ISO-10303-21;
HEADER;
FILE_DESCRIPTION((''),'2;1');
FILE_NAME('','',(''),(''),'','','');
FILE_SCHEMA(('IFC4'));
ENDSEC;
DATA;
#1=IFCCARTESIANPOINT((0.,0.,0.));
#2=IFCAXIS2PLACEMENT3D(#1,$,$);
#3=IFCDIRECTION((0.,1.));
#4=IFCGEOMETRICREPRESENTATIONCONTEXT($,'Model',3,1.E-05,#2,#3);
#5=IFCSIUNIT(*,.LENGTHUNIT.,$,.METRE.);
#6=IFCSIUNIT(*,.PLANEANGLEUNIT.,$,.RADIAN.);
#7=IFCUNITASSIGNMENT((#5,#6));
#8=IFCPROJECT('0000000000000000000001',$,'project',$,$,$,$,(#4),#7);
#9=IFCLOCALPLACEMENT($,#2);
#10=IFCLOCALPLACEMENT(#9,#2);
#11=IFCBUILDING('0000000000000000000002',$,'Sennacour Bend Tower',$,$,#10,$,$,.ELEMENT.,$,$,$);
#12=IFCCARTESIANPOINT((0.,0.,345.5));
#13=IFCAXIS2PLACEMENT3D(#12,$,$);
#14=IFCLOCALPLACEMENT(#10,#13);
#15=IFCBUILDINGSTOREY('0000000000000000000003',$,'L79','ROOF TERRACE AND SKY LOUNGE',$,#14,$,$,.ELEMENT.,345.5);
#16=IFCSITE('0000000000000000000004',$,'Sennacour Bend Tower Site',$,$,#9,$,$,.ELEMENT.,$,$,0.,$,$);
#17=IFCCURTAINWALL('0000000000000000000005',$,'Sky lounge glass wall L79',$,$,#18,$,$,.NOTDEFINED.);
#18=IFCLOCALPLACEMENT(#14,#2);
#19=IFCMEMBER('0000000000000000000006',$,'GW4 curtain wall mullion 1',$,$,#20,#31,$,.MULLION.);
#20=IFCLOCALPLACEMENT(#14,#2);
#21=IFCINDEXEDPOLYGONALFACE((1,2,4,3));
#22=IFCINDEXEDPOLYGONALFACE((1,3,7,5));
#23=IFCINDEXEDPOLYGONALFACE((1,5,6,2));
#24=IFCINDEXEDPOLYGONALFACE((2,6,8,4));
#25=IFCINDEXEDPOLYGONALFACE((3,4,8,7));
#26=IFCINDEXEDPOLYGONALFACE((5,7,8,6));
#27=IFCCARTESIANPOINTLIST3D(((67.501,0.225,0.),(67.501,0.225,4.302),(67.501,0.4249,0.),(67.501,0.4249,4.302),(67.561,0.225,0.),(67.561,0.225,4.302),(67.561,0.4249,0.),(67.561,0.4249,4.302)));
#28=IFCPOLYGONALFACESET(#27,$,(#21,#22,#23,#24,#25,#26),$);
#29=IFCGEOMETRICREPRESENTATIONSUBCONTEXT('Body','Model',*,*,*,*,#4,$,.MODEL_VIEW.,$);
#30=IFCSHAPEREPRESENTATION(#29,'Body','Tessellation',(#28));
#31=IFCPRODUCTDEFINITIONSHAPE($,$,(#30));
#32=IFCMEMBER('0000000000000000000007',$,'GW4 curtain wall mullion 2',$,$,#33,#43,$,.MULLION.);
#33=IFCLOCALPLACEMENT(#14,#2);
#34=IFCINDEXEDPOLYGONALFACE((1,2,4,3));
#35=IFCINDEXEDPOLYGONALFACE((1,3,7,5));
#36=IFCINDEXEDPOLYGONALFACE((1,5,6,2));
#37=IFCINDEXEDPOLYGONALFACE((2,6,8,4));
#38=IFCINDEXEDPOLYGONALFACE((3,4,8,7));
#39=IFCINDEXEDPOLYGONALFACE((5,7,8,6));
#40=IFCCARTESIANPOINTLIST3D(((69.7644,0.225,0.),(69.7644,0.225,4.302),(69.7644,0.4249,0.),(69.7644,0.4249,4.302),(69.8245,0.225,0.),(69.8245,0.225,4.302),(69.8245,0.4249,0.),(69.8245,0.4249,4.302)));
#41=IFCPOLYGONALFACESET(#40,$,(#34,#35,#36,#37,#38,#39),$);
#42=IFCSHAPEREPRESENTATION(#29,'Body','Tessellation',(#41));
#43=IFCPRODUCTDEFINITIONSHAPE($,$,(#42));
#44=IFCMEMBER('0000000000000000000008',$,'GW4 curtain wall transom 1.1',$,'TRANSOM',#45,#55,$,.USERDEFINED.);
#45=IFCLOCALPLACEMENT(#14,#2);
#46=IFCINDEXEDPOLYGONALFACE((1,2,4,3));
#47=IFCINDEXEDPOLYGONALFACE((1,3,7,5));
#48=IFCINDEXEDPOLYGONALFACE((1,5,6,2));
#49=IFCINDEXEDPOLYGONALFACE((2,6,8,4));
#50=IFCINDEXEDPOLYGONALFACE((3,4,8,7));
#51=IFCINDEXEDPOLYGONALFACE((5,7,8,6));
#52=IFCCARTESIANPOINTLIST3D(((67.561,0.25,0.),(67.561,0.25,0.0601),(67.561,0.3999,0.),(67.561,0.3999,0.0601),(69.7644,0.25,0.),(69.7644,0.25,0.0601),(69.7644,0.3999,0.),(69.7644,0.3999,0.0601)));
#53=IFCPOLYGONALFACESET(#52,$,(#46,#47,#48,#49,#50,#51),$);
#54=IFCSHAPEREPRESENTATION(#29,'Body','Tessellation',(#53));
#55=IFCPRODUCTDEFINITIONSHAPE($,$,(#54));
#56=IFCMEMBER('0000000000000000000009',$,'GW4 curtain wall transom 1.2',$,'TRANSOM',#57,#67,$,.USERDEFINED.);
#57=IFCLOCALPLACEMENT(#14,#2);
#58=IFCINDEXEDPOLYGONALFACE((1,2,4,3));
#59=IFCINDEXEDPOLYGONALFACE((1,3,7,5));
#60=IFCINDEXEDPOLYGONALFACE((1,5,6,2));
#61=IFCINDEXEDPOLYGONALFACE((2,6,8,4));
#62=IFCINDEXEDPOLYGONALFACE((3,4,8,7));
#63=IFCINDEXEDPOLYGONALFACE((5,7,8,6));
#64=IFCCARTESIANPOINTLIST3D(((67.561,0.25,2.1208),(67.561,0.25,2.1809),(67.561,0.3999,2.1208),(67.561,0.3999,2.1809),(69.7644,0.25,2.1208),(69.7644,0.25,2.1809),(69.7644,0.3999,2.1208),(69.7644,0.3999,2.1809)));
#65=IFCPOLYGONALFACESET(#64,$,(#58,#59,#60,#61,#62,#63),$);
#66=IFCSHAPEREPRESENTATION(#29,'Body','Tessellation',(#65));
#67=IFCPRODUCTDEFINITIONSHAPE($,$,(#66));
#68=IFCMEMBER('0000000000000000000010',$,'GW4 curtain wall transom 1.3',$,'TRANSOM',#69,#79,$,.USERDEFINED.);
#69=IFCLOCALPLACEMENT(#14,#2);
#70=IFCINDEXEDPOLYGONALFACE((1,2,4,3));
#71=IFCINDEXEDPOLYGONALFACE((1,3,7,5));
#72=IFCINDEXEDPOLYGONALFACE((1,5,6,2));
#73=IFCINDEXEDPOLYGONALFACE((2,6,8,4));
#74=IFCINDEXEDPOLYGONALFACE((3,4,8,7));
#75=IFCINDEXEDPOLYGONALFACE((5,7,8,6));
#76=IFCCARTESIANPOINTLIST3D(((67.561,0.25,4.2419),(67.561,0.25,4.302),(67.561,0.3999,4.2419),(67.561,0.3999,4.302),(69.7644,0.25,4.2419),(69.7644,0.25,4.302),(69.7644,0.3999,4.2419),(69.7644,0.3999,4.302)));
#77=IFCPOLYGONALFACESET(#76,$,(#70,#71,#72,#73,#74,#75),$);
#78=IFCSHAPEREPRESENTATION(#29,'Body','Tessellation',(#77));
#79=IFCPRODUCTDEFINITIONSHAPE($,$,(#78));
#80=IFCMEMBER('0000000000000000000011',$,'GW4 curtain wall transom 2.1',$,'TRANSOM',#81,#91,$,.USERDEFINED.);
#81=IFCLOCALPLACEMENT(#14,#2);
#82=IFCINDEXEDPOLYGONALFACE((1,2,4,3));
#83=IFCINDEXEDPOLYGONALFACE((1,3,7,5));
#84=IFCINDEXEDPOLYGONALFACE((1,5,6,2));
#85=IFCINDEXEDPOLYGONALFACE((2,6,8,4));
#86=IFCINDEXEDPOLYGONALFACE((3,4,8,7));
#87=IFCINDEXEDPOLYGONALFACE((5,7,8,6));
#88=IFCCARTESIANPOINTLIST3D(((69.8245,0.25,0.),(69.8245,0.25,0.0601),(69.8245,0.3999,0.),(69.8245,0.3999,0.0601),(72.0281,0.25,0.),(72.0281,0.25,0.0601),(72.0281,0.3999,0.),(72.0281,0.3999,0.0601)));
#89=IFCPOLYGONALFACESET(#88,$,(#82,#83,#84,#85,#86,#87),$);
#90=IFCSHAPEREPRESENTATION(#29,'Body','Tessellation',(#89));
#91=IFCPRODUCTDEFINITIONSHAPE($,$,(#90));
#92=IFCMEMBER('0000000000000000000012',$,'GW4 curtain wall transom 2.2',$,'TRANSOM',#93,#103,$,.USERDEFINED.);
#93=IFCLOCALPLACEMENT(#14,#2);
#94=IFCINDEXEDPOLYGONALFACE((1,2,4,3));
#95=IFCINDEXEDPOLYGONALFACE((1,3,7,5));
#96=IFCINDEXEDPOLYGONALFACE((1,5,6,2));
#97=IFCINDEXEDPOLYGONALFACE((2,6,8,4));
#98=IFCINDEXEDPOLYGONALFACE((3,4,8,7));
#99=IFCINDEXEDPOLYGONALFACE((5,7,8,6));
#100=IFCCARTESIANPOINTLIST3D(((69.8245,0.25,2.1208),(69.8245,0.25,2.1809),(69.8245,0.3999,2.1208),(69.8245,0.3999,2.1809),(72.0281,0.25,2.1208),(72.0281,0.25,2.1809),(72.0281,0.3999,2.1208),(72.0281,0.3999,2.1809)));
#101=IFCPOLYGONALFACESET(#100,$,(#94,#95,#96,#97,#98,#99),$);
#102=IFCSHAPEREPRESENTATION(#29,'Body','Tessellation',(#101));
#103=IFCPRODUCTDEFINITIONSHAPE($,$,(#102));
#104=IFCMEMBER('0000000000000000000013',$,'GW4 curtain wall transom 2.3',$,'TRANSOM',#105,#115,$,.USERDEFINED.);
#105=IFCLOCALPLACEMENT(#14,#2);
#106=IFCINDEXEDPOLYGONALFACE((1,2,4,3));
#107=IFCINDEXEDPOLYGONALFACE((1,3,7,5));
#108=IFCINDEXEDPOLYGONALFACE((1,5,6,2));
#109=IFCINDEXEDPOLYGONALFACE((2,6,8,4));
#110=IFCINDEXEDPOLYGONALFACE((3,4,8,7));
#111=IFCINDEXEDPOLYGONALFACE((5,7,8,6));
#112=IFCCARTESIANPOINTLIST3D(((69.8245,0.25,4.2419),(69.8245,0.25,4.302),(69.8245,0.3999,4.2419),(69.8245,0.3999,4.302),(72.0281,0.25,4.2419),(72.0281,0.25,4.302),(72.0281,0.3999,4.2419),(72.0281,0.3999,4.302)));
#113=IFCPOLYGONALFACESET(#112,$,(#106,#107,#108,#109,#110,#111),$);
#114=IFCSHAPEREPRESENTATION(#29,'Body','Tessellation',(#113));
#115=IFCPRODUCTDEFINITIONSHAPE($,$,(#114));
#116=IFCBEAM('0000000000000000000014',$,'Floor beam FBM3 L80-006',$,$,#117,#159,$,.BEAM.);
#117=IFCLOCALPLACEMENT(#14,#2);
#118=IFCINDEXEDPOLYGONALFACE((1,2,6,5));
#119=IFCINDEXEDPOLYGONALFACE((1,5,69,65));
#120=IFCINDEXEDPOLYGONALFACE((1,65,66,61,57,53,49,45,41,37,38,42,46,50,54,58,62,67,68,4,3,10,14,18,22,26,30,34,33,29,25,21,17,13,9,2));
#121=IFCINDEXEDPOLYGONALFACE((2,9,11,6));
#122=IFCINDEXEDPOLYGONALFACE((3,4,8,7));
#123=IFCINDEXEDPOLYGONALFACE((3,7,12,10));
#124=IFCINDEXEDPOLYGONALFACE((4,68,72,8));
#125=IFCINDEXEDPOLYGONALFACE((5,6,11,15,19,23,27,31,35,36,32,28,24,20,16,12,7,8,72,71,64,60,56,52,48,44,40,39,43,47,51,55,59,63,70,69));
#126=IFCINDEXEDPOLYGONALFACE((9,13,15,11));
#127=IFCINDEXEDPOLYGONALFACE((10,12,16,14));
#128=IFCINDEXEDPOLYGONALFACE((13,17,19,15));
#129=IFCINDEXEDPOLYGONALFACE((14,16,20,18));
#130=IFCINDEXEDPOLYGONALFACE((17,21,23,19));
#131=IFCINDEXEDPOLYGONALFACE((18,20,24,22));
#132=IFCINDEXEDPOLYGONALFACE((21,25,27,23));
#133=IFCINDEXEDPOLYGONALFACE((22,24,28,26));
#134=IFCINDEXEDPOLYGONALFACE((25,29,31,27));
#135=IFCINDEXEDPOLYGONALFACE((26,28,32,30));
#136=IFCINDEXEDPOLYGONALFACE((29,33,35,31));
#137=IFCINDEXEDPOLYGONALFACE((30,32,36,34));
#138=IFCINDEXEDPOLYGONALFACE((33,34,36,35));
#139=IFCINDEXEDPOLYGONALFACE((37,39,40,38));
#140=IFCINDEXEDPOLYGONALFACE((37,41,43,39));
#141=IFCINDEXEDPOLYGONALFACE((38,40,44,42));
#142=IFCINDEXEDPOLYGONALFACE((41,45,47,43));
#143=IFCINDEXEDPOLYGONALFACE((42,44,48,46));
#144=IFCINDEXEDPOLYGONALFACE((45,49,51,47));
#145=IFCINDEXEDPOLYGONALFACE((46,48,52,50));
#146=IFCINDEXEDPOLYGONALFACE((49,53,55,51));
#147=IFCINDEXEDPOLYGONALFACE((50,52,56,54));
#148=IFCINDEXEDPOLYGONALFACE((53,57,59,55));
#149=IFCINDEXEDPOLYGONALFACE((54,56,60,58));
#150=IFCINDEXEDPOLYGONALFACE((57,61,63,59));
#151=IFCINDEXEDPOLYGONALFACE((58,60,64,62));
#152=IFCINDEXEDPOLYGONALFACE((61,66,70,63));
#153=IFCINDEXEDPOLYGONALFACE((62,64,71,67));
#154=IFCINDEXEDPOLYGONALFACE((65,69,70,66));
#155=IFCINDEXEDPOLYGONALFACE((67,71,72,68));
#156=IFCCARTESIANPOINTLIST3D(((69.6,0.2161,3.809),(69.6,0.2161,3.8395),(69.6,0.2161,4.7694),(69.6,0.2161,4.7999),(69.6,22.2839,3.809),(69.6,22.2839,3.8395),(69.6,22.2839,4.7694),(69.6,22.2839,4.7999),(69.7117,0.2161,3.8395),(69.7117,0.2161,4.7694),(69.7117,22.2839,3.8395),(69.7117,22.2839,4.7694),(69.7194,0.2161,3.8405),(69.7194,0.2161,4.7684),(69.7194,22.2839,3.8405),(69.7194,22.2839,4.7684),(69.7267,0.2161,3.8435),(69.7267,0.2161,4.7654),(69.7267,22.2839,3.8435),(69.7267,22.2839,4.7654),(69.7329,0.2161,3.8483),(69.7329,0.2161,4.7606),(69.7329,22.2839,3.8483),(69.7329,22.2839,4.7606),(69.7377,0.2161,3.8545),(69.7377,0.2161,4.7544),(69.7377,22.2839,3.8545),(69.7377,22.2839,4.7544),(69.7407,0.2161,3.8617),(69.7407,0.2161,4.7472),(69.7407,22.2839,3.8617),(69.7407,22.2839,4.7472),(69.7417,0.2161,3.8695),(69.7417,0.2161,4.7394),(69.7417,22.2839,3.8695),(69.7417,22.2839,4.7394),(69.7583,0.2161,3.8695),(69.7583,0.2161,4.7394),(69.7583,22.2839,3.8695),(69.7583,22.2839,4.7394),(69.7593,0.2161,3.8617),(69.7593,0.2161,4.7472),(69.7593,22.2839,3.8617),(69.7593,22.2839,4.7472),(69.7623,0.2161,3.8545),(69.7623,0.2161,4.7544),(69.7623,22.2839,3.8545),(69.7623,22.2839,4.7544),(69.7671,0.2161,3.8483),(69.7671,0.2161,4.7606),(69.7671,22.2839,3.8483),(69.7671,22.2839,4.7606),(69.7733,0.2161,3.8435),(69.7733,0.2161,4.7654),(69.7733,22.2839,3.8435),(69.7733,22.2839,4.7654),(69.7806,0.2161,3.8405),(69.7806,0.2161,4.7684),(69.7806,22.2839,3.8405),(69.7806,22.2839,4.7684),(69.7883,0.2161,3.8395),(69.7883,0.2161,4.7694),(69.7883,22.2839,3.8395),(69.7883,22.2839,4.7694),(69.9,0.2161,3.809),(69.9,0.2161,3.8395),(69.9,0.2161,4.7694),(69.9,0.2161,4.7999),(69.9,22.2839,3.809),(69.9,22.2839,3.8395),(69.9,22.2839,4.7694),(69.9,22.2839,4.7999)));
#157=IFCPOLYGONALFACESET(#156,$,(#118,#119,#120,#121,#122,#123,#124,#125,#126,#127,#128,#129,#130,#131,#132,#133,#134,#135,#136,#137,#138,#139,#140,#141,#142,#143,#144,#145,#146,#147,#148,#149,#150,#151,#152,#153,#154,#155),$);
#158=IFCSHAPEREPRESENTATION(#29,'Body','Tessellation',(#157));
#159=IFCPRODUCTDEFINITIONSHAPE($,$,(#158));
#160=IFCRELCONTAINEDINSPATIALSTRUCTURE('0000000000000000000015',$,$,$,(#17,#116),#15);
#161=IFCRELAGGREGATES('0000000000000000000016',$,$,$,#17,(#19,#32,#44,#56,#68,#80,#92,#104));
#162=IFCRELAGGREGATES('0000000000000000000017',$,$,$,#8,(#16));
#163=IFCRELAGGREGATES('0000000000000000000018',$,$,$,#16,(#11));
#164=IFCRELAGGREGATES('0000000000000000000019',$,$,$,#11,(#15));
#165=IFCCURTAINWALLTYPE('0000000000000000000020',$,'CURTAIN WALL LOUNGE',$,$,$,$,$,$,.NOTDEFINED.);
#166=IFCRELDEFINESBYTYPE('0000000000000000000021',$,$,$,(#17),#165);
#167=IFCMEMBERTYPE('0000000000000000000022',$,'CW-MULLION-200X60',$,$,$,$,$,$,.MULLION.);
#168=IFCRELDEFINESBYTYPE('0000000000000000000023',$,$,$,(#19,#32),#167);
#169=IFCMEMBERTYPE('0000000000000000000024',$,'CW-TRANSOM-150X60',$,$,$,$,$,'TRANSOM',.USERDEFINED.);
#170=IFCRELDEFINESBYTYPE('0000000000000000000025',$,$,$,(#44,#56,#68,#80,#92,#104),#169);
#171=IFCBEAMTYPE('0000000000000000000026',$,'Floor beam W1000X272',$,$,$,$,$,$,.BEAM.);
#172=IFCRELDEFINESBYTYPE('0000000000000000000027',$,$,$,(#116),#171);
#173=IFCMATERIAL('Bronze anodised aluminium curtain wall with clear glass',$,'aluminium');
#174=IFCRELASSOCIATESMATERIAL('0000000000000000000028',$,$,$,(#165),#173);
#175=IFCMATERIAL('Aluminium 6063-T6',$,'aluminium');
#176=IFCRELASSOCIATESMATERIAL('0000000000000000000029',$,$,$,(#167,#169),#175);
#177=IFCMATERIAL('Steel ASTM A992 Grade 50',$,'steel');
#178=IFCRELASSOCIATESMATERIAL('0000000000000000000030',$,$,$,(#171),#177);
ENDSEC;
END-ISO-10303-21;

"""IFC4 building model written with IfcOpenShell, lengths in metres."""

from ifc_helpers import new_model, si_unit, direction, frame, origin, origin_2d, place, context, subcontext, project, spatial, rectangle, i_section, extrude, material, material_profile, profile_set, type_object, element, aggregate, save


model = new_model("IFC4")

# Units and contexts
model_context = context("Model", 3, precision=1e-05, world=origin(), true_north=direction((0.0, 1.0)))
body_context = subcontext(model_context, "Body", "Model", "MODEL_VIEW")
ifc_project = project(units=[si_unit("LENGTHUNIT", "METRE"), si_unit("PLANEANGLEUNIT", "RADIAN")], contexts=[model_context])

# Site, building, storey
site_placement = place(None, origin())
site = spatial("IfcSite", under=ifc_project, at=site_placement, Name="Sennacour Bend Tower Site", CompositionType="ELEMENT", RefElevation=0.0)
building_placement = place(site_placement, origin())
building = spatial("IfcBuilding", under=site, at=building_placement, Name="Sennacour Bend Tower", CompositionType="ELEMENT")
storey_placement = place(building_placement, frame((0.0, 0.0, 345.5)))
storey = spatial("IfcBuildingStorey", under=building, at=storey_placement, Name="L79", Description="ROOF TERRACE AND SKY LOUNGE", CompositionType="ELEMENT", Elevation=345.5)

# Curtain wall, members
ifc_material_1 = material(Name="Bronze anodised aluminium curtain wall with clear glass", Category="aluminium")
curtain_wall_type = type_object("IfcCurtainWallType", Name="CURTAIN WALL LOUNGE", PredefinedType="NOTDEFINED", material=ifc_material_1)
curtain_wall_placement = place(storey_placement, origin())
curtain_wall = element("IfcCurtainWall", 1, at=curtain_wall_placement, inside=storey, type_object=curtain_wall_type, Name="Sky lounge glass wall L79", PredefinedType="NOTDEFINED")
ifc_material_2 = material(Name="Aluminium 6063-T6", Category="aluminium")
ifc_material_profile_1 = material_profile(ifc_material_2, rectangle(XDim=0.2, YDim=0.0601, at=origin_2d()), Name="Aluminium 6063-T6", Category="aluminium")
ifc_profile_set_1 = profile_set([ifc_material_profile_1], Name="Aluminium 6063-T6")
member_type_1 = type_object("IfcMemberType", Name="CW-MULLION-200X60", PredefinedType="MULLION", material=ifc_profile_set_1)
member_1_placement = place(storey_placement, frame((67.531, 0.325, 0.0), z_axis=(0.0, 0.0, 1.0), x_axis=(0.0, 1.0, 0.0)))
member_1 = element("IfcMember", 2, at=member_1_placement, type_object=member_type_1, Name="GW4 curtain wall mullion 1", PredefinedType="MULLION", context=body_context, shape_type="SweptSolid", body=[
    extrude(rectangle(XDim=0.2, YDim=0.0601, at=origin_2d()), origin(), (0.0, 0.0, 1.0), 4.302),
])
member_2_placement = place(storey_placement, frame((69.7944, 0.325, 0.0), z_axis=(0.0, 0.0, 1.0), x_axis=(0.0, 1.0, 0.0)))
member_2 = element("IfcMember", 3, at=member_2_placement, type_object=member_type_1, Name="GW4 curtain wall mullion 2", PredefinedType="MULLION", context=body_context, shape_type="SweptSolid", body=[
    extrude(rectangle(XDim=0.2, YDim=0.0601, at=origin_2d()), origin(), (0.0, 0.0, 1.0), 4.302),
])
ifc_material_profile_2 = material_profile(ifc_material_2, rectangle(XDim=0.1499, YDim=0.0601, at=origin_2d()), Name="Aluminium 6063-T6", Category="aluminium")
ifc_profile_set_2 = profile_set([ifc_material_profile_2], Name="Aluminium 6063-T6")
member_type_2 = type_object("IfcMemberType", Name="CW-TRANSOM-150X60", ElementType="TRANSOM", PredefinedType="USERDEFINED", material=ifc_profile_set_2)
member_3_placement = place(storey_placement, frame((67.561, 0.325, 0.03), z_axis=(1.0, 0.0, 0.0), x_axis=(0.0, 1.0, 0.0)))
member_3 = element("IfcMember", 4, at=member_3_placement, type_object=member_type_2, Name="GW4 curtain wall transom 1.1", ObjectType="TRANSOM", PredefinedType="USERDEFINED", context=body_context, shape_type="SweptSolid", body=[
    extrude(rectangle(XDim=0.1499, YDim=0.0601, at=origin_2d()), origin(), (0.0, 0.0, 1.0), 2.2034),
])
member_4_placement = place(storey_placement, frame((67.561, 0.325, 2.1509), z_axis=(1.0, 0.0, 0.0), x_axis=(0.0, 1.0, 0.0)))
member_4 = element("IfcMember", 5, at=member_4_placement, type_object=member_type_2, Name="GW4 curtain wall transom 1.2", ObjectType="TRANSOM", PredefinedType="USERDEFINED", context=body_context, shape_type="SweptSolid", body=[
    extrude(rectangle(XDim=0.1499, YDim=0.0601, at=origin_2d()), origin(), (0.0, 0.0, 1.0), 2.2034),
])
member_5_placement = place(storey_placement, frame((67.561, 0.325, 4.272), z_axis=(1.0, 0.0, 0.0), x_axis=(0.0, 1.0, 0.0)))
member_5 = element("IfcMember", 6, at=member_5_placement, type_object=member_type_2, Name="GW4 curtain wall transom 1.3", ObjectType="TRANSOM", PredefinedType="USERDEFINED", context=body_context, shape_type="SweptSolid", body=[
    extrude(rectangle(XDim=0.1499, YDim=0.0601, at=origin_2d()), origin(), (0.0, 0.0, 1.0), 2.2034),
])
member_6_placement = place(storey_placement, frame((69.8245, 0.325, 0.03), z_axis=(1.0, 0.0, 0.0), x_axis=(0.0, 1.0, 0.0)))
member_6 = element("IfcMember", 7, at=member_6_placement, type_object=member_type_2, Name="GW4 curtain wall transom 2.1", ObjectType="TRANSOM", PredefinedType="USERDEFINED", context=body_context, shape_type="SweptSolid", body=[
    extrude(rectangle(XDim=0.1499, YDim=0.0601, at=origin_2d()), origin(), (0.0, 0.0, 1.0), 2.2036),
])
member_7_placement = place(storey_placement, frame((69.8245, 0.325, 2.1509), z_axis=(1.0, 0.0, 0.0), x_axis=(0.0, 1.0, 0.0)))
member_7 = element("IfcMember", 8, at=member_7_placement, type_object=member_type_2, Name="GW4 curtain wall transom 2.2", ObjectType="TRANSOM", PredefinedType="USERDEFINED", context=body_context, shape_type="SweptSolid", body=[
    extrude(rectangle(XDim=0.1499, YDim=0.0601, at=origin_2d()), origin(), (0.0, 0.0, 1.0), 2.2036),
])
member_8_placement = place(storey_placement, frame((69.8245, 0.325, 4.272), z_axis=(1.0, 0.0, 0.0), x_axis=(0.0, 1.0, 0.0)))
member_8 = element("IfcMember", 9, at=member_8_placement, type_object=member_type_2, Name="GW4 curtain wall transom 2.3", ObjectType="TRANSOM", PredefinedType="USERDEFINED", context=body_context, shape_type="SweptSolid", body=[
    extrude(rectangle(XDim=0.1499, YDim=0.0601, at=origin_2d()), origin(), (0.0, 0.0, 1.0), 2.2036),
])

# Beam
ifc_material_3 = material(Name="Steel ASTM A992 Grade 50", Category="steel")
ifc_material_profile_3 = material_profile(ifc_material_3, i_section(OverallWidth=0.3, OverallDepth=0.991, WebThickness=0.0166, FlangeThickness=0.0305, FilletRadius=0.03, at=origin_2d()), Name="Steel ASTM A992 Grade 50", Category="steel")
ifc_profile_set_3 = profile_set([ifc_material_profile_3], Name="Steel ASTM A992 Grade 50")
beam_type = type_object("IfcBeamType", Name="Floor beam W1000X272", PredefinedType="BEAM", material=ifc_profile_set_3)
beam_placement = place(storey_placement, frame((69.75, 0.2161, 4.3044), z_axis=(0.0, 1.0, 0.0), x_axis=(-1.0, 0.0, 0.0)))
element("IfcBeam", 10, at=beam_placement, inside=storey, type_object=beam_type, Name="Floor beam FBM3 L80-006", PredefinedType="BEAM", context=body_context, shape_type="SweptSolid", body=[
    extrude(i_section(OverallWidth=0.3, OverallDepth=0.991, WebThickness=0.0166, FlangeThickness=0.0305, FilletRadius=0.03, at=origin_2d()), origin(), (0.0, 0.0, 1.0), 22.0679),
])

aggregate(curtain_wall, [member_1, member_2, member_3, member_4, member_5, member_6, member_7, member_8])

save(model, "model.ifc")
